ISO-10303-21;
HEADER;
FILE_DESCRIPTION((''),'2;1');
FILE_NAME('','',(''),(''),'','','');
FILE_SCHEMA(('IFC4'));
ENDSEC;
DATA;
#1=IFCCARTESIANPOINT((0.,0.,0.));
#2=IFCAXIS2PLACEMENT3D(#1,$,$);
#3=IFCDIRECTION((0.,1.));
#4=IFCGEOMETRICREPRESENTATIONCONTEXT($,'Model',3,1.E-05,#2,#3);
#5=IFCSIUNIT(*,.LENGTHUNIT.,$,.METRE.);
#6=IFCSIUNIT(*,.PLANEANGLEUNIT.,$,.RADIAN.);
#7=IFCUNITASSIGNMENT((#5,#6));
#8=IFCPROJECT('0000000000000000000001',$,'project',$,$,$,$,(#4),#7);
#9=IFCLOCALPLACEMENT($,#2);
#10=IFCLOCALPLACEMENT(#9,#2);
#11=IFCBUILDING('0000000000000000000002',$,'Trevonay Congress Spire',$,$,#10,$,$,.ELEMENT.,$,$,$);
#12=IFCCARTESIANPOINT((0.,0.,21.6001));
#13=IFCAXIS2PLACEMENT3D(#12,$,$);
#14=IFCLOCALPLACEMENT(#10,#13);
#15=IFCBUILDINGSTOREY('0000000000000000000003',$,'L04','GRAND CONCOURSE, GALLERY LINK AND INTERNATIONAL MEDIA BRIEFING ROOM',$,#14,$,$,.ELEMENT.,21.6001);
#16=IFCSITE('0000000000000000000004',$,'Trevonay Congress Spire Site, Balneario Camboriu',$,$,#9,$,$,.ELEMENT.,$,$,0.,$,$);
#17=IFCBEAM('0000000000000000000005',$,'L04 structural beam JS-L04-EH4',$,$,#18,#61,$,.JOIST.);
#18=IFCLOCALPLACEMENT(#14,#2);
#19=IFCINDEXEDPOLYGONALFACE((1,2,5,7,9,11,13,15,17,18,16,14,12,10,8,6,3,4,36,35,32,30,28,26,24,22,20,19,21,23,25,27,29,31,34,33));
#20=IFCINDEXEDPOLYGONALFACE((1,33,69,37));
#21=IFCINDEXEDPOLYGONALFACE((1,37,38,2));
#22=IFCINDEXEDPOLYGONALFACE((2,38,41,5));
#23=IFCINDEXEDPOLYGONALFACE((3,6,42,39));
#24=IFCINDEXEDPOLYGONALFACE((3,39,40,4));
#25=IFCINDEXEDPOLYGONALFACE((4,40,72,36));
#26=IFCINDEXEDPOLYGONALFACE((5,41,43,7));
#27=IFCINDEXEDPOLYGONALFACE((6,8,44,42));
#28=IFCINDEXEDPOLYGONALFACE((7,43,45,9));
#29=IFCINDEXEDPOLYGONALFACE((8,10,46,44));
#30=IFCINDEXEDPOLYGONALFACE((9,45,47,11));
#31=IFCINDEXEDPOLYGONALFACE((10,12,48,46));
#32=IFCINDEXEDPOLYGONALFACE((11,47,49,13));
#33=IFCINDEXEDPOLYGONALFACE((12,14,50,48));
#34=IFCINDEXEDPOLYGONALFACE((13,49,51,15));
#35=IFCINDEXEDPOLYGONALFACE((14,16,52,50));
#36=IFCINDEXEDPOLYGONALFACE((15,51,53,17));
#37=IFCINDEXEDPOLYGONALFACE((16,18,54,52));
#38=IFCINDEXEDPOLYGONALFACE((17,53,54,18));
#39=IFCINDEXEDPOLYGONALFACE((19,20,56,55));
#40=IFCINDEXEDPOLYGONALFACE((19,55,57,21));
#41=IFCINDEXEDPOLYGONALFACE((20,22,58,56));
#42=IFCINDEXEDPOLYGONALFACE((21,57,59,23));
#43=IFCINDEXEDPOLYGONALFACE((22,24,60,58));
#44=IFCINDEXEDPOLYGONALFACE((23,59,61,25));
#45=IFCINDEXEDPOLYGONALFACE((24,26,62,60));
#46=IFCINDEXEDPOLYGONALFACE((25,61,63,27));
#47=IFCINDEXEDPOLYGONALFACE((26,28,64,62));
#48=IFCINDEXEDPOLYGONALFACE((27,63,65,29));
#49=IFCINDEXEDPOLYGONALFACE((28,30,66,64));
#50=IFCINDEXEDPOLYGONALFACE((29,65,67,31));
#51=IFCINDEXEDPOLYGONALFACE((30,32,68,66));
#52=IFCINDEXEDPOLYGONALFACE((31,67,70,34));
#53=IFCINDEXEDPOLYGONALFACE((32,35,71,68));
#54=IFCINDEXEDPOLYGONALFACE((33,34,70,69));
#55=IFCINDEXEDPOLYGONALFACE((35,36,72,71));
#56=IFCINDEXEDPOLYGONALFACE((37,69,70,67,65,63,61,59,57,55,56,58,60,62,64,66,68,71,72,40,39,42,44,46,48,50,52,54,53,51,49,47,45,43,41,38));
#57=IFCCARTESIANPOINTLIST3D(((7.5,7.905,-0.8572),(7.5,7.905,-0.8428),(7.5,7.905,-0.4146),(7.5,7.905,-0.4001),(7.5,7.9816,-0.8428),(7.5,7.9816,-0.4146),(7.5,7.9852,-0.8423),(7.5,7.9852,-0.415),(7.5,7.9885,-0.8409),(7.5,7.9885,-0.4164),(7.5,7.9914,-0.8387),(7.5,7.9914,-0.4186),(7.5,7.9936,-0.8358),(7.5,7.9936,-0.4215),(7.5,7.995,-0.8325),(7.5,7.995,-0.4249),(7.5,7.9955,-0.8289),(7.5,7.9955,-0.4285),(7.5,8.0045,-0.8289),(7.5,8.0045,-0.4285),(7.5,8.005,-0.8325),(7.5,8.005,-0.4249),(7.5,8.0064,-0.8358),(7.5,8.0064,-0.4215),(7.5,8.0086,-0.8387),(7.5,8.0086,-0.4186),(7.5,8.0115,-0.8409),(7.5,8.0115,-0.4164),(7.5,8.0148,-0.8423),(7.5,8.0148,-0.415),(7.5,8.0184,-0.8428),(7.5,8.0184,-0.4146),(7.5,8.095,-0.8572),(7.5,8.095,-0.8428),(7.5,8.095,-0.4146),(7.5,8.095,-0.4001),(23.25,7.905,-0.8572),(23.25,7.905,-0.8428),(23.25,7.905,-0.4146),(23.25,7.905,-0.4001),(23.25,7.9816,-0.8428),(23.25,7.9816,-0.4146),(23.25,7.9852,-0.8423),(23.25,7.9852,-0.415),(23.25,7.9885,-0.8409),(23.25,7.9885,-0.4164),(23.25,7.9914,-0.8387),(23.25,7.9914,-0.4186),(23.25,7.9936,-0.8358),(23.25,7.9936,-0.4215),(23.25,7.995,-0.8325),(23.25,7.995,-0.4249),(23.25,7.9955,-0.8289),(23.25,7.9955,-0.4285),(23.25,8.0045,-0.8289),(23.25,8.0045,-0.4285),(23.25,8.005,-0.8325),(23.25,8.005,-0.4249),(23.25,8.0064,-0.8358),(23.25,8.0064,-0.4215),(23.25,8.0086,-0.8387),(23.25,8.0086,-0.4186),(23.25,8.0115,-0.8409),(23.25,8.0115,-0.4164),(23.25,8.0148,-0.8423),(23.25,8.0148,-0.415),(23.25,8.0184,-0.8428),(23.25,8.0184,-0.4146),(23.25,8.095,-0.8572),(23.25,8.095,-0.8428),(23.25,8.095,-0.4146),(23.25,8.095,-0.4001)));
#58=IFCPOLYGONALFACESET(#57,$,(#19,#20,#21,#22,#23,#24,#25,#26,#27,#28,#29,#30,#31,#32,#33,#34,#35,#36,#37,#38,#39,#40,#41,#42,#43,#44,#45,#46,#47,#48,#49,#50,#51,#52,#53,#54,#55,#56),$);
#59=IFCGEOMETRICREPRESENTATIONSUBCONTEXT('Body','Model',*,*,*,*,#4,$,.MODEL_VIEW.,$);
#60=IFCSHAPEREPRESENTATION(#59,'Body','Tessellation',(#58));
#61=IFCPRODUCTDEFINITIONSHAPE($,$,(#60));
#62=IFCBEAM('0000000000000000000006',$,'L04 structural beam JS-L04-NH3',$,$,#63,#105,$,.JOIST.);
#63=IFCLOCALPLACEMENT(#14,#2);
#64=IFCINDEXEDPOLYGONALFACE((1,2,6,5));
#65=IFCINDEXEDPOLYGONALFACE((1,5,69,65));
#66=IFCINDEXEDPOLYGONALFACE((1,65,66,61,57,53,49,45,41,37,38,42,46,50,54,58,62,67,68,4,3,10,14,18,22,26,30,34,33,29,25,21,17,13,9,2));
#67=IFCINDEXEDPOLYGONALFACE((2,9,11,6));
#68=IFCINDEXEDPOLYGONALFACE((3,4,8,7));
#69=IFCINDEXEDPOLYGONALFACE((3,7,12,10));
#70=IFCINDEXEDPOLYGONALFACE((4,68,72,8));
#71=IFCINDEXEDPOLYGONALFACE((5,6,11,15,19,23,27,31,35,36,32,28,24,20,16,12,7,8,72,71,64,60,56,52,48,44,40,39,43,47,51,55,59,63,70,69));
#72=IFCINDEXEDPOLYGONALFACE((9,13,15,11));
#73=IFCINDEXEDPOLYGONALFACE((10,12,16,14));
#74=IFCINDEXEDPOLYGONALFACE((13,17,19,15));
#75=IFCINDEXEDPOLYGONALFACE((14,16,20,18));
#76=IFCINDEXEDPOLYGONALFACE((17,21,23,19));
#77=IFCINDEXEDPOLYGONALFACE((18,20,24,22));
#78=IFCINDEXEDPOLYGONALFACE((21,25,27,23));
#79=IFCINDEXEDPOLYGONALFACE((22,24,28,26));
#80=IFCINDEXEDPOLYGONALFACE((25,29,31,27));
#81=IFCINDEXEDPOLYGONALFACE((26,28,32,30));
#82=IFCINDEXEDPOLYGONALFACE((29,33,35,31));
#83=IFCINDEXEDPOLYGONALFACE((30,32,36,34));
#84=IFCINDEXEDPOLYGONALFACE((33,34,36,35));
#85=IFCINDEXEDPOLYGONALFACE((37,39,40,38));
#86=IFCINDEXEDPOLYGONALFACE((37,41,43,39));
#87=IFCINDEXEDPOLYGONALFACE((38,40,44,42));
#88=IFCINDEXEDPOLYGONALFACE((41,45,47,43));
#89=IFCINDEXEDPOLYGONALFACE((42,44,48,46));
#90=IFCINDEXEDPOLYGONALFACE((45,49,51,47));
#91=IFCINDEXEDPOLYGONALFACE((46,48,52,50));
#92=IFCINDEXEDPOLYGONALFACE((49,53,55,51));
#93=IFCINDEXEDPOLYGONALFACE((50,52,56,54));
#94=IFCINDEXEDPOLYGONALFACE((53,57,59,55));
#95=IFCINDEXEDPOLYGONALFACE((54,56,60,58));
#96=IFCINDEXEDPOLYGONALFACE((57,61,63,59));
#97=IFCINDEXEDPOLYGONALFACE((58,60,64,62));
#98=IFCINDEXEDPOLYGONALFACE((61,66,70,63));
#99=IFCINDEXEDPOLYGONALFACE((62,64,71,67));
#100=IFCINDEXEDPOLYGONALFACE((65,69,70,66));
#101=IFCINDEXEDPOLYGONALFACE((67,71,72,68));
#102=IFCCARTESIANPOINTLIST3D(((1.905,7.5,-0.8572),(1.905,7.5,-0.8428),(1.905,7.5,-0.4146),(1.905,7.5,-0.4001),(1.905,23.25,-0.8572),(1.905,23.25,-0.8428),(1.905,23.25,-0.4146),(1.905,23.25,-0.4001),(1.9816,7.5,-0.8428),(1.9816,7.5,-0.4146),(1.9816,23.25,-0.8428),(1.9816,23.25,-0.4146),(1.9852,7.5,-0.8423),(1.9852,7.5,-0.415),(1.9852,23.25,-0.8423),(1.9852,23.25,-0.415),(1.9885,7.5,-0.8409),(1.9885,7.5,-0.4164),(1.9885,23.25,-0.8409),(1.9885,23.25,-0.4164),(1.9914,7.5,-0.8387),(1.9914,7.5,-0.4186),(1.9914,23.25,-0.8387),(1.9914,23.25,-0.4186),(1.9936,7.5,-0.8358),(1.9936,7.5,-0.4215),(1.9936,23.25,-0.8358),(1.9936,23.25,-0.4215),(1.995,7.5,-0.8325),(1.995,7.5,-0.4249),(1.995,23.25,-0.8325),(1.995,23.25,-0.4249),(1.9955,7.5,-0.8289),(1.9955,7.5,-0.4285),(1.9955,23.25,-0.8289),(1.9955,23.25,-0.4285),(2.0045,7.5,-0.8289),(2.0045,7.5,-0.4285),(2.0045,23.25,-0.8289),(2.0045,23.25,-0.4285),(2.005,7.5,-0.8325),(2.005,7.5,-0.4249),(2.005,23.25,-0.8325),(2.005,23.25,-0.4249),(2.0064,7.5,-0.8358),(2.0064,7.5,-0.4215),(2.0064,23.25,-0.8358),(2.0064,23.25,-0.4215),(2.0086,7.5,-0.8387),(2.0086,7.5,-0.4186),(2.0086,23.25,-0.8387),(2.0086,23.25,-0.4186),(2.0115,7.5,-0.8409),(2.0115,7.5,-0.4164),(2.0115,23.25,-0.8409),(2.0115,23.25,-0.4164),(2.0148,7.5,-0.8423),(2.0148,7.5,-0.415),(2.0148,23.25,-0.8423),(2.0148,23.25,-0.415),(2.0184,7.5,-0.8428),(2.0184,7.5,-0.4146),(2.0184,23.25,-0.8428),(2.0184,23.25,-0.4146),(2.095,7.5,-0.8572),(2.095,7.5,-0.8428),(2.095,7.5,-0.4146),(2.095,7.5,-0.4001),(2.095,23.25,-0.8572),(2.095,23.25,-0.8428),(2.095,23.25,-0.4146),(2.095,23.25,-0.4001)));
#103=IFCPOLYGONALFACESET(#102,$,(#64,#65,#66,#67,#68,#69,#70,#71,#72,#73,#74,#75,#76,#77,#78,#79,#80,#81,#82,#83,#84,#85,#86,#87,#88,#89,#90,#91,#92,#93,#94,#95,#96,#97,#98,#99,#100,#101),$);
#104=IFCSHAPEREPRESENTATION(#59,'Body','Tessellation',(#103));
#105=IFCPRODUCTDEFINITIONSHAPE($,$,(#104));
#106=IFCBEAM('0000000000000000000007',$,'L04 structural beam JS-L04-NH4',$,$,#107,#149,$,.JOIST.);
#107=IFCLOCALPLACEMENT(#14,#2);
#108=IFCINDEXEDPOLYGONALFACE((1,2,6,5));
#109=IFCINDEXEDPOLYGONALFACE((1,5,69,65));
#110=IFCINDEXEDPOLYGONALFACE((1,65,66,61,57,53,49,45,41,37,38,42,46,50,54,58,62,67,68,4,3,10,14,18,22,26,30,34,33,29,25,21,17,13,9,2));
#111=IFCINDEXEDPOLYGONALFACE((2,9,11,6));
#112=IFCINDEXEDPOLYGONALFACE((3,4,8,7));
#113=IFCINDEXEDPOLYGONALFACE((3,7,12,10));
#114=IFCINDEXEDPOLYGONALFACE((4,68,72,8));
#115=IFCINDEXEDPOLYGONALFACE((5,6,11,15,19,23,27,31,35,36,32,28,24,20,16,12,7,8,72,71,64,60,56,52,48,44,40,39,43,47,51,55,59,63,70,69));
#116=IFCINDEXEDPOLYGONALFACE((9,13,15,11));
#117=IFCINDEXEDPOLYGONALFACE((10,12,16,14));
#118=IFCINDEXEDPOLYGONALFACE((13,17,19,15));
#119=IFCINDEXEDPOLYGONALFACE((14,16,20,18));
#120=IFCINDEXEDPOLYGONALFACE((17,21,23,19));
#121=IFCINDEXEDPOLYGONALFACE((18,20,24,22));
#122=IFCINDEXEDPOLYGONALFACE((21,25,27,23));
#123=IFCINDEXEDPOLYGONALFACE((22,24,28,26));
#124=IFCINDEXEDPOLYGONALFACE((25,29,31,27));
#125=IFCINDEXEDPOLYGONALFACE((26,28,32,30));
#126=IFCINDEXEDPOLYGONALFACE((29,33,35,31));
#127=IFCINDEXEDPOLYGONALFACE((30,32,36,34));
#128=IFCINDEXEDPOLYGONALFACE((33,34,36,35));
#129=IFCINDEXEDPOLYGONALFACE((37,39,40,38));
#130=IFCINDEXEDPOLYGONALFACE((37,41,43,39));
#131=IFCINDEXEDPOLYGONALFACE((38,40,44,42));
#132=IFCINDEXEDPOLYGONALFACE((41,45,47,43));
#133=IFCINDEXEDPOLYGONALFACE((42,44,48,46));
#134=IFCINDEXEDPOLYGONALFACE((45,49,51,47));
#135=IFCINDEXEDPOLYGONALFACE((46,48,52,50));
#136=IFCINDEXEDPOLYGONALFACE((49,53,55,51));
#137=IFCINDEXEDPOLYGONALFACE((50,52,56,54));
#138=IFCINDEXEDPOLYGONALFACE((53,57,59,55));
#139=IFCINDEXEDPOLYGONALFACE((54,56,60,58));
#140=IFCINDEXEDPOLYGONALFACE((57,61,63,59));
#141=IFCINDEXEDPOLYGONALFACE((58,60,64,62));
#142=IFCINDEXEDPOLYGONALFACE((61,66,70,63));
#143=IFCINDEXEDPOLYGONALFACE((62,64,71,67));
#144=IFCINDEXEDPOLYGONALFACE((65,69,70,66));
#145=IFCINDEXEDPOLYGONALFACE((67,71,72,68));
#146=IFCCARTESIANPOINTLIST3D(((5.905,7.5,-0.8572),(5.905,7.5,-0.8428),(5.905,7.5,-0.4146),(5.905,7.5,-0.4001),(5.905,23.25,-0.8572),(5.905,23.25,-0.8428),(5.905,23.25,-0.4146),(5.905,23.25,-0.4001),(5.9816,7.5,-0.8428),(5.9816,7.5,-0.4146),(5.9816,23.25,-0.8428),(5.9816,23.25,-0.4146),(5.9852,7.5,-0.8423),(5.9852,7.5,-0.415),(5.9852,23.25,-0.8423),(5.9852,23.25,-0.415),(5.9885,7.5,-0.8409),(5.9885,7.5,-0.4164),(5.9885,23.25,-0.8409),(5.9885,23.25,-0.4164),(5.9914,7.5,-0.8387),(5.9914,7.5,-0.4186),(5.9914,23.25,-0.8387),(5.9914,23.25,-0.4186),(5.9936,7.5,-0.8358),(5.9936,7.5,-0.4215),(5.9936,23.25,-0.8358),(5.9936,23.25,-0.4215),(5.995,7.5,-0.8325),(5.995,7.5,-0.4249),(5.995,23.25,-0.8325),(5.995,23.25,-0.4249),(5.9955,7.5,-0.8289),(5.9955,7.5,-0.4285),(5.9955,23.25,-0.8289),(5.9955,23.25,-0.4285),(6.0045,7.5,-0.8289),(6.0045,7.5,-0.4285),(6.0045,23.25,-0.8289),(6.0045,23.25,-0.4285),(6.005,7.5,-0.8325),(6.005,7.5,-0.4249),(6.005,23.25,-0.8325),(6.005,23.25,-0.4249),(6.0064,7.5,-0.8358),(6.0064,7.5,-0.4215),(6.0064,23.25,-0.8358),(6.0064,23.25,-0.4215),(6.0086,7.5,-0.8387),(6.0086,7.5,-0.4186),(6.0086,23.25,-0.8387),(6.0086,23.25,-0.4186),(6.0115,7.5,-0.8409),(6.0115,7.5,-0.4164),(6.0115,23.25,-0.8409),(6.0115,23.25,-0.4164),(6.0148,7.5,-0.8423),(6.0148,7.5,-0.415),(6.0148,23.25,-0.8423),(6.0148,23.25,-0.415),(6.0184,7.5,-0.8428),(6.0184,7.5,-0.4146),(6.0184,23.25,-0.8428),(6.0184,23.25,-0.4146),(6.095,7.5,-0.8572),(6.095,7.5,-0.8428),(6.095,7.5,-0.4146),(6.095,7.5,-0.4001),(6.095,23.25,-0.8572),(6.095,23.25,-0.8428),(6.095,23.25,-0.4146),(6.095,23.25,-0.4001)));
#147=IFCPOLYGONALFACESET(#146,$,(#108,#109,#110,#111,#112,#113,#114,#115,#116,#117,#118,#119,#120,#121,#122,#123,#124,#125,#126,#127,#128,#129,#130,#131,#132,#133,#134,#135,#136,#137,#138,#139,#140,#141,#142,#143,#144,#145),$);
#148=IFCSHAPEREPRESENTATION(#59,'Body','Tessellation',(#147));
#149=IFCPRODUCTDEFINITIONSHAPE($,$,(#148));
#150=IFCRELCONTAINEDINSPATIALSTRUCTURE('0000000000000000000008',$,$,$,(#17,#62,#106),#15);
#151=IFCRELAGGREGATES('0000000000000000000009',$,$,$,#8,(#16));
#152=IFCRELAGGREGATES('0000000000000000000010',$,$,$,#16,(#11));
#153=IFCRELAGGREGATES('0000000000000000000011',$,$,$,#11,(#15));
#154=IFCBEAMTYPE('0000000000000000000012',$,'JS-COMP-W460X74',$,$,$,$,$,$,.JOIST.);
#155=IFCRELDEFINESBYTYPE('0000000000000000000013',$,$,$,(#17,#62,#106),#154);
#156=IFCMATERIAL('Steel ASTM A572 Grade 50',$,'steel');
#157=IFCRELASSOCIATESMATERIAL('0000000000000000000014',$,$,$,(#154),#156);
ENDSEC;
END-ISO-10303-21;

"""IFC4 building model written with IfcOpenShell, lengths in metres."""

from ifc_helpers import new_model, si_unit, direction, frame, origin, origin_2d, place, context, subcontext, project, spatial, i_section, extrude, material, material_profile, profile_set, type_object, element, save


model = new_model("IFC4")

# Units and contexts
model_context = context("Model", 3, precision=1e-05, world=origin(), true_north=direction((0.0, 1.0)))
body_context = subcontext(model_context, "Body", "Model", "MODEL_VIEW")
ifc_project = project(units=[si_unit("LENGTHUNIT", "METRE"), si_unit("PLANEANGLEUNIT", "RADIAN")], contexts=[model_context])

# Site, building, storey
site_placement = place(None, origin())
site = spatial("IfcSite", under=ifc_project, at=site_placement, Name="Trevonay Congress Spire Site, Balneario Camboriu", CompositionType="ELEMENT", RefElevation=0.0)
building_placement = place(site_placement, origin())
building = spatial("IfcBuilding", under=site, at=building_placement, Name="Trevonay Congress Spire", CompositionType="ELEMENT")
storey_placement = place(building_placement, frame((0.0, 0.0, 21.6001)))
storey = spatial("IfcBuildingStorey", under=building, at=storey_placement, Name="L04", Description="GRAND CONCOURSE, GALLERY LINK AND INTERNATIONAL MEDIA BRIEFING ROOM", CompositionType="ELEMENT", Elevation=21.6001)

# Shared definitions
ifc_material_1 = material(Name="Steel ASTM A572 Grade 50", Category="steel")

# Beams
ifc_material_profile_1 = material_profile(ifc_material_1, i_section(OverallWidth=0.1899, OverallDepth=0.457, WebThickness=0.009, FlangeThickness=0.0144, FilletRadius=0.0139, at=origin_2d()), Name="W460x74")
ifc_profile_set_1 = profile_set([ifc_material_profile_1], Name="Steel ASTM A572 Grade 50")
beam_type_1 = type_object("IfcBeamType", Name="JS-COMP-W460X74", PredefinedType="JOIST", material=ifc_profile_set_1)
for number, where, z_axis, x_axis, name in (
    (1, (7.5, 8.0, -0.6287), (1.0, 0.0, 0.0), (0.0, 1.0, 0.0), "L04 structural beam JS-L04-EH4"),
    (2, (2.0, 7.5, -0.6287), (0.0, 1.0, 0.0), (-1.0, 0.0, 0.0), "L04 structural beam JS-L04-NH3"),
    (3, (6.0, 7.5, -0.6287), (0.0, 1.0, 0.0), (-1.0, 0.0, 0.0), "L04 structural beam JS-L04-NH4"),
):
    element("IfcBeam", number, at=place(storey_placement, frame(where, z_axis=z_axis, x_axis=x_axis)), inside=storey, type_object=beam_type_1, Name=name, PredefinedType="JOIST", context=body_context, shape_type="SweptSolid", body=[
        extrude(i_section(OverallWidth=0.1899, OverallDepth=0.457, WebThickness=0.009, FlangeThickness=0.0144, FilletRadius=0.0139, at=origin_2d()), origin(), (0.0, 0.0, 1.0), 15.75),
    ])

save(model, "model.ifc")
